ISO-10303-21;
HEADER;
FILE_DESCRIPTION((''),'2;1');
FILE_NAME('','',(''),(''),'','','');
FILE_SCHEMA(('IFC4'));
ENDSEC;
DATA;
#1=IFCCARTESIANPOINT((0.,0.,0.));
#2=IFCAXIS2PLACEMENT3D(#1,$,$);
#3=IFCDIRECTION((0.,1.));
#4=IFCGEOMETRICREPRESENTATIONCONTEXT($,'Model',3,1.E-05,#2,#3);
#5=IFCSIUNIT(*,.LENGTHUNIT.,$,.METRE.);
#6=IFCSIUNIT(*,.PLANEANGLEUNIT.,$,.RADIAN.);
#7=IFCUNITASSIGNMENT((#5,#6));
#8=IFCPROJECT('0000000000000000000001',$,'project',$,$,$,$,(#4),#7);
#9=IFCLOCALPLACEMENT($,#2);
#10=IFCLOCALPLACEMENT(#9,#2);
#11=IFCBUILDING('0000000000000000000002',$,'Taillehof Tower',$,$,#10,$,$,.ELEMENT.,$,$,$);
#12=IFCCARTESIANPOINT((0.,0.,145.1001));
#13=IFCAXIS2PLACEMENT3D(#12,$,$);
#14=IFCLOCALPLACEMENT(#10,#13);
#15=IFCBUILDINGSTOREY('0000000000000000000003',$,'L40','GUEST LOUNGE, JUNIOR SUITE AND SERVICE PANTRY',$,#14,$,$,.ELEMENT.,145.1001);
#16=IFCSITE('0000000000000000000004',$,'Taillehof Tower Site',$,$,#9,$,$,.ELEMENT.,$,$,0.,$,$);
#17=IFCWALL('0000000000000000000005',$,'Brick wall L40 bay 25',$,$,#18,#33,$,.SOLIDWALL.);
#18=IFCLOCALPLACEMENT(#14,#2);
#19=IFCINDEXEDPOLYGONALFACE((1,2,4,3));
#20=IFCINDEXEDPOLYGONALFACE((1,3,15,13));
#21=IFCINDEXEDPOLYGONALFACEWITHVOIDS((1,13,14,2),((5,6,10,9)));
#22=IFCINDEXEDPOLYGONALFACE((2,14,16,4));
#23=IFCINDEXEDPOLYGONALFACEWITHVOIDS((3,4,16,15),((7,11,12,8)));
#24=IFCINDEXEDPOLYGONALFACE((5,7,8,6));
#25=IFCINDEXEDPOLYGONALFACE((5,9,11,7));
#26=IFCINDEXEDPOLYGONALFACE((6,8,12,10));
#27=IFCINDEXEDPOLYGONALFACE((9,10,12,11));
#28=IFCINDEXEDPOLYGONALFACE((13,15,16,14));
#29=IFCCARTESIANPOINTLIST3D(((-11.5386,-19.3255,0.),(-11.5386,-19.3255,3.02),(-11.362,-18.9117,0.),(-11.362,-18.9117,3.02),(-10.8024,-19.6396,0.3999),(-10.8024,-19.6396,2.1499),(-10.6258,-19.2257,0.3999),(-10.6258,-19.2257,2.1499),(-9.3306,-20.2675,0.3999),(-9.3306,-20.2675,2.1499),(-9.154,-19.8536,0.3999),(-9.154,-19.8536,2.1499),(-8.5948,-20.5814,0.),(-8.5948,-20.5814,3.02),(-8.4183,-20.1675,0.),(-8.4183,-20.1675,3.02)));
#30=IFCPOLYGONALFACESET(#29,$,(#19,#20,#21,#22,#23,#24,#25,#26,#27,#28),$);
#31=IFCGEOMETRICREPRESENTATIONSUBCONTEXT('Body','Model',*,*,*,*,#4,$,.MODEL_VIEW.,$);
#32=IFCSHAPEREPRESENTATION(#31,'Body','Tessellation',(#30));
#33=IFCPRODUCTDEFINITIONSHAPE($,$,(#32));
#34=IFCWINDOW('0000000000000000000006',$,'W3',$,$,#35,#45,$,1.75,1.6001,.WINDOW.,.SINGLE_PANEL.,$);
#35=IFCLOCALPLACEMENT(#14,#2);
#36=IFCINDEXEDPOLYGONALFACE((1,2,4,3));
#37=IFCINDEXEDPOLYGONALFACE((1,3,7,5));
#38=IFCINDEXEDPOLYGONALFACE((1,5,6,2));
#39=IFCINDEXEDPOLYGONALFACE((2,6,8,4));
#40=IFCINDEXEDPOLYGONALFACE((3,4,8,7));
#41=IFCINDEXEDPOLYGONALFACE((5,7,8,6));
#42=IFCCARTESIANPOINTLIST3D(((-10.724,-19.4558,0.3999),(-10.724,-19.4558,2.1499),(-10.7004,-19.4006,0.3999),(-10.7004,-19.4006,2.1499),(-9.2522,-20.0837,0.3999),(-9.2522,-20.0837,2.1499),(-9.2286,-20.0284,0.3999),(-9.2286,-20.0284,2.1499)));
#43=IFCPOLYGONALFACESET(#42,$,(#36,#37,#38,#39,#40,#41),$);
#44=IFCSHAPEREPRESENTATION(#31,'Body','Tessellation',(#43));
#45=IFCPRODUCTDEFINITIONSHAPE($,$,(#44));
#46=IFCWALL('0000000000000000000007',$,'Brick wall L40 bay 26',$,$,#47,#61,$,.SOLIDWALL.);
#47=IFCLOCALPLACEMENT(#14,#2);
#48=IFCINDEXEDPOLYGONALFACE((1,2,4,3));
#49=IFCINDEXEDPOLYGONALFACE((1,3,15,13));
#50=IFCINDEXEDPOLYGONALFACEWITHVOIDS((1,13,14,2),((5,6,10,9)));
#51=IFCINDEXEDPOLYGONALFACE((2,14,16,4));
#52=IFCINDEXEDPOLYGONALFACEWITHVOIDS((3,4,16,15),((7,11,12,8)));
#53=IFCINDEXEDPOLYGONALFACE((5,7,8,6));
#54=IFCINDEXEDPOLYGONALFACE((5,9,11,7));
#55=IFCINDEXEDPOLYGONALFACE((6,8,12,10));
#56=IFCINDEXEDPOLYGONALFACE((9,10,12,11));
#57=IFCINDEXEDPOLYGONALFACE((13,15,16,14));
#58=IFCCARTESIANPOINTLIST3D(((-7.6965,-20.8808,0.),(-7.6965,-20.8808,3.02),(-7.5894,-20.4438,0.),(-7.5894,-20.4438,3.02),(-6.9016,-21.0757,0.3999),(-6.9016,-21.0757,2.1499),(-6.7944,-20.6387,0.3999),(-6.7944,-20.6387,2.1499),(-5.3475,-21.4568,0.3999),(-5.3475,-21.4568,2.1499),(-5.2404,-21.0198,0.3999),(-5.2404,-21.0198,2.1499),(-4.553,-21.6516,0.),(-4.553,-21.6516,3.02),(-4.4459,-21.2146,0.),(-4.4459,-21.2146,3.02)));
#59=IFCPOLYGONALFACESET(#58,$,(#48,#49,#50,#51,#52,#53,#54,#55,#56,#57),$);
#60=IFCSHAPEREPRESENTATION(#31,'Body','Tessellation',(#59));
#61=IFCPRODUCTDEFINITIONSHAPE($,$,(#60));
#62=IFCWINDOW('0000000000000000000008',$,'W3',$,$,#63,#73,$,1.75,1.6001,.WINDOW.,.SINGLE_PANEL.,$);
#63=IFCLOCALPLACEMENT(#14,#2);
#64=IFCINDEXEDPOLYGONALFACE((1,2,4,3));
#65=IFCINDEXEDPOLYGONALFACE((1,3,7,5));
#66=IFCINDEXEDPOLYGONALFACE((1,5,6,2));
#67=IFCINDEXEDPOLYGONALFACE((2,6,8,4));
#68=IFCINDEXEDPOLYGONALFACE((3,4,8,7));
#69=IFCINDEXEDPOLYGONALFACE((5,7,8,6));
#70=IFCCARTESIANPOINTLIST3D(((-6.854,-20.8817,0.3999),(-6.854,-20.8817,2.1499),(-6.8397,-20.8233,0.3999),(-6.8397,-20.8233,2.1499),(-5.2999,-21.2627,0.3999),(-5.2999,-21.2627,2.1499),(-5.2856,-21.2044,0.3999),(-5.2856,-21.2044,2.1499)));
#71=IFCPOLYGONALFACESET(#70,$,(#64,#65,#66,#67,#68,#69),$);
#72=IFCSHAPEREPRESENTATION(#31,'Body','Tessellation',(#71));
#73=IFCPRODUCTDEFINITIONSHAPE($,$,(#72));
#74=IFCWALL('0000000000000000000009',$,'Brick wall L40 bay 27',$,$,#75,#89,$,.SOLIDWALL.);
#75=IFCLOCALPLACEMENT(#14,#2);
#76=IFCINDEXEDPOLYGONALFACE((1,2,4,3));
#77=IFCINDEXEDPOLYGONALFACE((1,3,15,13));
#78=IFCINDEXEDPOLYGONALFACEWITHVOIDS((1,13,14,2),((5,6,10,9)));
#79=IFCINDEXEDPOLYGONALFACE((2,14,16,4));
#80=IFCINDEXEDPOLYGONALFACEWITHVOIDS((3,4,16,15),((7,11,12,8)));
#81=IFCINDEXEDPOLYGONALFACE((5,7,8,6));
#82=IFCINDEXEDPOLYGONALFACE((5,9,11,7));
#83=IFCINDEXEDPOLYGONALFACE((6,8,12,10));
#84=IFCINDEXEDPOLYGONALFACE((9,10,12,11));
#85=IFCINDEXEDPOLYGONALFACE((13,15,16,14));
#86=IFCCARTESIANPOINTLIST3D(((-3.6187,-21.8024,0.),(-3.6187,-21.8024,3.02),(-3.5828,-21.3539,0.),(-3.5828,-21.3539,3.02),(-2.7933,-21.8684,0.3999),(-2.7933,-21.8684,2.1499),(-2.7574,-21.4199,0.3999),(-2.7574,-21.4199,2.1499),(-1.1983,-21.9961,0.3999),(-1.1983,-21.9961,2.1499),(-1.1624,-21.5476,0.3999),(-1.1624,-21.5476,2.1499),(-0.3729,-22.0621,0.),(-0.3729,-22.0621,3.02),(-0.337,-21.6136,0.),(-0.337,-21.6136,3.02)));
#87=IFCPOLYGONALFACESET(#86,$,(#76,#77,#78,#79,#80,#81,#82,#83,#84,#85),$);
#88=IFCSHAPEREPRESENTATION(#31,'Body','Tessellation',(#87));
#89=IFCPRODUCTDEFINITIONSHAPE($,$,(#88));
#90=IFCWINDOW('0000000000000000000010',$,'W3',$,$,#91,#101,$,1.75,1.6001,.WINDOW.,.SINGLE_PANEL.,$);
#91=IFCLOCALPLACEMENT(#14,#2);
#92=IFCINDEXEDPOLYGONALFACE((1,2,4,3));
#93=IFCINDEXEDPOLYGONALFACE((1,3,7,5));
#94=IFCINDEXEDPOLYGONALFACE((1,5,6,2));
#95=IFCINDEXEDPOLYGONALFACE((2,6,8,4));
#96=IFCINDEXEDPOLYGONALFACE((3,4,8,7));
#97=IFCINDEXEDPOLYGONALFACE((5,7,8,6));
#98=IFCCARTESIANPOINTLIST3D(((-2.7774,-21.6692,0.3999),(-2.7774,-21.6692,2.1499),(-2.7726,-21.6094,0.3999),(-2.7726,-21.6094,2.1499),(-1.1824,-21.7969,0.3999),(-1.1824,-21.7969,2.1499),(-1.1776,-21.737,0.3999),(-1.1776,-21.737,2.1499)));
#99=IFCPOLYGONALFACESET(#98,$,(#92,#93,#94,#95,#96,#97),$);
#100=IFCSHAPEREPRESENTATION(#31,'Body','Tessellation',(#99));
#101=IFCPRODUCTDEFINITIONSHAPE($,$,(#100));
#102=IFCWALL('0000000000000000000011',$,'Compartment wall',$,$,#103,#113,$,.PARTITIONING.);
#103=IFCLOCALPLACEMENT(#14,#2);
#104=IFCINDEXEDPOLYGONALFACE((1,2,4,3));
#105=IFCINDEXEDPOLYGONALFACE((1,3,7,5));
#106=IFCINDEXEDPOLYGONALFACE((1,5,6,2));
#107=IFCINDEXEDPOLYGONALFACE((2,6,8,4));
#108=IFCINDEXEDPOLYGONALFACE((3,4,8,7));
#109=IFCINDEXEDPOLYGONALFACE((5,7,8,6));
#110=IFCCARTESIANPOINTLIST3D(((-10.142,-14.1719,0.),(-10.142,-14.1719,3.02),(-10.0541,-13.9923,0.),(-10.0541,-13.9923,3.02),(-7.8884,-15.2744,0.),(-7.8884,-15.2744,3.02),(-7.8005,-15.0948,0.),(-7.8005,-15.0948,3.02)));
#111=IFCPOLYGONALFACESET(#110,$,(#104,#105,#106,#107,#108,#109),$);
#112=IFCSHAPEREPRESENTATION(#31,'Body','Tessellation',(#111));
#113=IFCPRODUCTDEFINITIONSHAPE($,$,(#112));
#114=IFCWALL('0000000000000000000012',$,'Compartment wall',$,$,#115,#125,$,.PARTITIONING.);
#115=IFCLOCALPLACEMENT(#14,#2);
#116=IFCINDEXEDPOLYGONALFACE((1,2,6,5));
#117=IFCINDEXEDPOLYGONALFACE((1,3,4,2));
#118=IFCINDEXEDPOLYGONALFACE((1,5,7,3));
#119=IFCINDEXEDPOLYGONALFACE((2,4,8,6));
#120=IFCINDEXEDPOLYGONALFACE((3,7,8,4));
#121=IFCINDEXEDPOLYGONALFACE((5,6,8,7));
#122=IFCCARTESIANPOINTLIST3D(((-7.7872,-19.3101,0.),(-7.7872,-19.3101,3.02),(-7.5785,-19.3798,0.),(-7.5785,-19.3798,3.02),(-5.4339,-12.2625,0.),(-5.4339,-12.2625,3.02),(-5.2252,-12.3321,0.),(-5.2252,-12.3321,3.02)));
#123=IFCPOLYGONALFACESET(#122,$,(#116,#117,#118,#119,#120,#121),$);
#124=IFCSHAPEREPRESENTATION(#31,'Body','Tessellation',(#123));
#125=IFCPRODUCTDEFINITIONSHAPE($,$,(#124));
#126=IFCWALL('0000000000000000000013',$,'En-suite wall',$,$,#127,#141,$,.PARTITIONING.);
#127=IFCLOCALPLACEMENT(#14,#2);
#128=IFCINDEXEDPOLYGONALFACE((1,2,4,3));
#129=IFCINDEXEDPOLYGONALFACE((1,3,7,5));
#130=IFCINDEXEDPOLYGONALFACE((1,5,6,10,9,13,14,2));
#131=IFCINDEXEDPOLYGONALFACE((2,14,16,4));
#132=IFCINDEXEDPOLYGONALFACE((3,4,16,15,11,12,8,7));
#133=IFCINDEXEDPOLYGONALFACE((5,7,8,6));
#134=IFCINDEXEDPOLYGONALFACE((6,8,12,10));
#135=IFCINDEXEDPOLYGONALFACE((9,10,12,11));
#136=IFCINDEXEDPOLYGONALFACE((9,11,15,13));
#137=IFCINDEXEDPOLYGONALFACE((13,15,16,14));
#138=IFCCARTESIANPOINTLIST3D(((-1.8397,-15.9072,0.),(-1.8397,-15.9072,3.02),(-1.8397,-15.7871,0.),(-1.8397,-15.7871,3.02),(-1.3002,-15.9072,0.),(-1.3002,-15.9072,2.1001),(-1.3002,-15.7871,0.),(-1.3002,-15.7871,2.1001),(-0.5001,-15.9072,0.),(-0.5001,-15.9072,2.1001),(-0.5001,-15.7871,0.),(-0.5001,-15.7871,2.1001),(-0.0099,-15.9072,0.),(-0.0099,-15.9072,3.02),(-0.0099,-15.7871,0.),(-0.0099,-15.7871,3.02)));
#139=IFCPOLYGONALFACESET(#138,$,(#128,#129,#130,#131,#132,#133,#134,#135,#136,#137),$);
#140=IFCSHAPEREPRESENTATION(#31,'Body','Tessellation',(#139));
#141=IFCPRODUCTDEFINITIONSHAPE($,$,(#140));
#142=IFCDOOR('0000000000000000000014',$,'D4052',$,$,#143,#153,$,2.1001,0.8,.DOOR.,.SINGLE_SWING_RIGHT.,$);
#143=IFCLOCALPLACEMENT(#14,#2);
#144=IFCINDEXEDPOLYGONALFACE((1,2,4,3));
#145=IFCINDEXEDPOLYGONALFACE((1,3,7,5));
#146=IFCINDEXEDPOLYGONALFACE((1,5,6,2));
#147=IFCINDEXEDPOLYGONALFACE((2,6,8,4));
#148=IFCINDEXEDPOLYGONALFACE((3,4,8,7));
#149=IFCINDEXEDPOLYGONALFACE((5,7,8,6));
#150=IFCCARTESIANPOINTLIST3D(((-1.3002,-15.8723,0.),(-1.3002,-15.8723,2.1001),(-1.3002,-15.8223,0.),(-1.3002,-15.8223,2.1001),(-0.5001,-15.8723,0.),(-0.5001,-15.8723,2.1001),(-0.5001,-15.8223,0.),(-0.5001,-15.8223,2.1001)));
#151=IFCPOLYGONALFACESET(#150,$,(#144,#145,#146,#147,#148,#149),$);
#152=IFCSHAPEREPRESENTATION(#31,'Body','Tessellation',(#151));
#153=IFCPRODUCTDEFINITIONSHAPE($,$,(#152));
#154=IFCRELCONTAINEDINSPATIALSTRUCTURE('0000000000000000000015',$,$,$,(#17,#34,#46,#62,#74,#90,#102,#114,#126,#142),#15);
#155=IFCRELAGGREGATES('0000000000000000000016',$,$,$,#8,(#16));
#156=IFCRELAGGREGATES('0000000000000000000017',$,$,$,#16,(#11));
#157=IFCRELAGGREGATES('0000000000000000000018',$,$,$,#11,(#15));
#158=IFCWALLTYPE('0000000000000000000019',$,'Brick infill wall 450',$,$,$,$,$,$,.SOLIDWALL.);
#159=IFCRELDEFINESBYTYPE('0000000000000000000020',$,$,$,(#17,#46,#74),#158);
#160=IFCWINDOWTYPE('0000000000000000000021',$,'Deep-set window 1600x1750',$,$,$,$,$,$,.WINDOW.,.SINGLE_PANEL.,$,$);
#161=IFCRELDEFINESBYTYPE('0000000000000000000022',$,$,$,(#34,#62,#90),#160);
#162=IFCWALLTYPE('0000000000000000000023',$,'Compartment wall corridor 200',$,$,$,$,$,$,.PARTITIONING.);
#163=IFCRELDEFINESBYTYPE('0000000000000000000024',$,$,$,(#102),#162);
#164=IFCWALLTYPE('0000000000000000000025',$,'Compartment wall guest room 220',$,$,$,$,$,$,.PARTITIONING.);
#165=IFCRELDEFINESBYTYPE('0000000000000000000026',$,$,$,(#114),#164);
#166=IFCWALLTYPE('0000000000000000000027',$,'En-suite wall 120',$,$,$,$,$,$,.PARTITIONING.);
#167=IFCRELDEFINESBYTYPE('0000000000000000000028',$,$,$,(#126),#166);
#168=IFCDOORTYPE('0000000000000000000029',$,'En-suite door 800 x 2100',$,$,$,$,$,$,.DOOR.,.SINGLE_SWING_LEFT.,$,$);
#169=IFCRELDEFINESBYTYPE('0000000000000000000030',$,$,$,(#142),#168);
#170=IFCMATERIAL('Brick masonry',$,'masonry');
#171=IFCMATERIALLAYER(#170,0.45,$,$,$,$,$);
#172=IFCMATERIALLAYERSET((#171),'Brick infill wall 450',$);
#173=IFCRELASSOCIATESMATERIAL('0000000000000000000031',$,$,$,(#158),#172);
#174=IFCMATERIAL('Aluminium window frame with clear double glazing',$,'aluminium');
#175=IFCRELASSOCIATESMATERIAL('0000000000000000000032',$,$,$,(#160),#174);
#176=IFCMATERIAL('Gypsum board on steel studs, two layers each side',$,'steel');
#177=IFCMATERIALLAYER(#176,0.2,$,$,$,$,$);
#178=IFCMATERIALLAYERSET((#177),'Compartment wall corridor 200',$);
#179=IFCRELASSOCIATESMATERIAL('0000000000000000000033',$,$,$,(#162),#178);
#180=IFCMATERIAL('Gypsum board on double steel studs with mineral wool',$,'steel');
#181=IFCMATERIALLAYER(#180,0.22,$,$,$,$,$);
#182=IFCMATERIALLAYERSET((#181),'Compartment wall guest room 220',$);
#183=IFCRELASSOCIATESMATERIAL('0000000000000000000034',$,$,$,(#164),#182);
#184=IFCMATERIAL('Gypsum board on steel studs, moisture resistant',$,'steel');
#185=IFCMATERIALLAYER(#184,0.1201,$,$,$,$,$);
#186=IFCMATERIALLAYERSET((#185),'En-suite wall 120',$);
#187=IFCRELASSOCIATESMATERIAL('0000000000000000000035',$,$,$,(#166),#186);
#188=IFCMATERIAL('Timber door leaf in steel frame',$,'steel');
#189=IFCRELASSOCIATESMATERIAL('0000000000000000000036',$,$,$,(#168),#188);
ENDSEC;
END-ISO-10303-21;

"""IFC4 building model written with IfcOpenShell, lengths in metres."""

from ifc_helpers import new_model, si_unit, direction, frame, frame_2d, origin, place, context, subcontext, project, spatial, rectangle, extrude, material, layer, layer_set, type_object, element, fill, save


model = new_model("IFC4")

# Units and contexts
model_context = context("Model", 3, precision=1e-05, world=origin(), true_north=direction((0.0, 1.0)))
body_context = subcontext(model_context, "Body", "Model", "MODEL_VIEW")
ifc_project = project(units=[si_unit("LENGTHUNIT", "METRE"), si_unit("PLANEANGLEUNIT", "RADIAN")], contexts=[model_context])

# Site, building, storey
site_placement = place(None, origin())
site = spatial("IfcSite", under=ifc_project, at=site_placement, Name="Taillehof Tower Site", CompositionType="ELEMENT", RefElevation=0.0)
building_placement = place(site_placement, origin())
building = spatial("IfcBuilding", under=site, at=building_placement, Name="Taillehof Tower", CompositionType="ELEMENT")
storey_placement = place(building_placement, frame((0.0, 0.0, 145.1001)))
storey = spatial("IfcBuildingStorey", under=building, at=storey_placement, Name="L40", Description="GUEST LOUNGE, JUNIOR SUITE AND SERVICE PANTRY", CompositionType="ELEMENT", Elevation=145.1001)

# Walls, openings, windows
ifc_material_1 = material(Name="Brick masonry", Category="masonry")
ifc_layer_1 = layer(ifc_material_1, 0.45)
ifc_layer_set_1 = layer_set([ifc_layer_1], Name="Brick infill wall 450")
wall_type_1 = type_object("IfcWallType", Name="Brick infill wall 450", PredefinedType="SOLIDWALL", material=ifc_layer_set_1)
wall_1_placement = place(storey_placement, frame((-11.4502, -19.1187, 0.0), z_axis=(0.0, 0.0, 1.0), x_axis=(0.919799, -0.39239, 0.0)))
wall_1 = element("IfcWall", 1, at=wall_1_placement, inside=storey, type_object=wall_type_1, Name="Brick wall L40 bay 25", PredefinedType="SOLIDWALL", context=body_context, shape_type="SweptSolid", body=[
    extrude(rectangle(XDim=3.2004, YDim=0.45, at=frame_2d((1.6001, 0.0))), origin(), (0.0, 0.0, 1.0), 3.02),
])
opening_1_placement = place(wall_1_placement, frame((0.8003, 0.0, 0.3999)))
opening_1 = element("IfcOpeningElement", 2, at=opening_1_placement, cuts=wall_1, PredefinedType="OPENING", context=body_context, shape_type="SweptSolid", body=[
    extrude(rectangle(XDim=1.6001, YDim=1.75, at=frame_2d((0.8, 0.875))), frame((0.0, 0.2349, 0.0), z_axis=(0.0, -1.0, 0.0), x_axis=(1.0, 0.0, 0.0)), (0.0, 0.0, 1.0), 0.47),
])
ifc_material_2 = material(Name="Aluminium window frame with clear double glazing", Category="aluminium")
window_type = type_object("IfcWindowType", Name="Deep-set window 1600x1750", PartitioningType="SINGLE_PANEL", PredefinedType="WINDOW", material=ifc_material_2)
window_1_placement = place(opening_1_placement, origin())
window_1 = element("IfcWindow", 3, at=window_1_placement, inside=storey, type_object=window_type, Name="W3", OverallHeight=1.75, OverallWidth=1.6001, PartitioningType="SINGLE_PANEL", PredefinedType="WINDOW", context=body_context, shape_type="SweptSolid", body=[
    extrude(rectangle(XDim=1.6001, YDim=1.75, at=frame_2d((0.8, 0.875))), frame((0.0, 0.0349, 0.0), z_axis=(0.0, -1.0, 0.0), x_axis=(1.0, 0.0, 0.0)), (0.0, 0.0, 1.0), 0.0601),
])
fill(opening_1, window_1)
wall_2_placement = place(storey_placement, frame((-7.6428, -20.6624, 0.0), z_axis=(0.0, 0.0, 1.0), x_axis=(0.971233, -0.238132, 0.0)))
wall_2 = element("IfcWall", 4, at=wall_2_placement, inside=storey, type_object=wall_type_1, Name="Brick wall L40 bay 26", PredefinedType="SOLIDWALL", context=body_context, shape_type="SweptSolid", body=[
    extrude(rectangle(XDim=3.2366, YDim=0.45, at=frame_2d((1.6182, 0.0))), origin(), (0.0, 0.0, 1.0), 3.02),
])
opening_2_placement = place(wall_2_placement, frame((0.8184, 0.0, 0.3999)))
opening_2 = element("IfcOpeningElement", 5, at=opening_2_placement, cuts=wall_2, PredefinedType="OPENING", context=body_context, shape_type="SweptSolid", body=[
    extrude(rectangle(XDim=1.6001, YDim=1.75, at=frame_2d((0.8, 0.875))), frame((0.0, 0.2349, 0.0), z_axis=(0.0, -1.0, 0.0), x_axis=(1.0, 0.0, 0.0)), (0.0, 0.0, 1.0), 0.47),
])
window_2_placement = place(opening_2_placement, origin())
window_2 = element("IfcWindow", 6, at=window_2_placement, inside=storey, type_object=window_type, Name="W3", OverallHeight=1.75, OverallWidth=1.6001, PartitioningType="SINGLE_PANEL", PredefinedType="WINDOW", context=body_context, shape_type="SweptSolid", body=[
    extrude(rectangle(XDim=1.6001, YDim=1.75, at=frame_2d((0.8, 0.875))), frame((0.0, 0.0349, 0.0), z_axis=(0.0, -1.0, 0.0), x_axis=(1.0, 0.0, 0.0)), (0.0, 0.0, 1.0), 0.0601),
])
fill(opening_2, window_2)
wall_3_placement = place(storey_placement, frame((-3.6006, -21.5781, 0.0), z_axis=(0.0, 0.0, 1.0), x_axis=(0.996812, -0.079781, 0.0)))
wall_3 = element("IfcWall", 7, at=wall_3_placement, inside=storey, type_object=wall_type_1, Name="Brick wall L40 bay 27", PredefinedType="SOLIDWALL", context=body_context, shape_type="SweptSolid", body=[
    extrude(rectangle(XDim=3.2561, YDim=0.45, at=frame_2d((1.6279, 0.0))), origin(), (0.0, 0.0, 1.0), 3.02),
])
opening_3_placement = place(wall_3_placement, frame((0.8279, 0.0, 0.3999)))
opening_3 = element("IfcOpeningElement", 8, at=opening_3_placement, cuts=wall_3, PredefinedType="OPENING", context=body_context, shape_type="SweptSolid", body=[
    extrude(rectangle(XDim=1.6001, YDim=1.75, at=frame_2d((0.8, 0.875))), frame((0.0, 0.2349, 0.0), z_axis=(0.0, -1.0, 0.0), x_axis=(1.0, 0.0, 0.0)), (0.0, 0.0, 1.0), 0.47),
])
window_3_placement = place(opening_3_placement, origin())
window_3 = element("IfcWindow", 9, at=window_3_placement, inside=storey, type_object=window_type, Name="W3", OverallHeight=1.75, OverallWidth=1.6001, PartitioningType="SINGLE_PANEL", PredefinedType="WINDOW", context=body_context, shape_type="SweptSolid", body=[
    extrude(rectangle(XDim=1.6001, YDim=1.75, at=frame_2d((0.8, 0.875))), frame((0.0, 0.0349, 0.0), z_axis=(0.0, -1.0, 0.0), x_axis=(1.0, 0.0, 0.0)), (0.0, 0.0, 1.0), 0.0601),
])
fill(opening_3, window_3)

# Walls
ifc_material_3 = material(Name="Gypsum board on steel studs, two layers each side", Category="steel")
ifc_layer_2 = layer(ifc_material_3, 0.2)
ifc_layer_set_2 = layer_set([ifc_layer_2], Name="Compartment wall corridor 200")
wall_type_2 = type_object("IfcWallType", Name="Compartment wall corridor 200", PredefinedType="PARTITIONING", material=ifc_layer_set_2)
wall_4_placement = place(storey_placement, frame((-7.8445, -15.1846, 0.0), z_axis=(0.0, 0.0, 1.0), x_axis=(-0.898267, 0.439451, 0.0)))
element("IfcWall", 10, at=wall_4_placement, inside=storey, type_object=wall_type_2, Name="Compartment wall", PredefinedType="PARTITIONING", context=body_context, shape_type="SweptSolid", body=[
    extrude(rectangle(XDim=2.5088, YDim=0.2, at=frame_2d((1.2544, 0.0))), origin(), (0.0, 0.0, 1.0), 3.02),
])
ifc_material_4 = material(Name="Gypsum board on double steel studs with mineral wool", Category="steel")
ifc_layer_3 = layer(ifc_material_4, 0.22)
ifc_layer_set_3 = layer_set([ifc_layer_3], Name="Compartment wall guest room 220")
wall_type_3 = type_object("IfcWallType", Name="Compartment wall guest room 220", PredefinedType="PARTITIONING", material=ifc_layer_set_3)
wall_5_placement = place(storey_placement, frame((-7.6829, -19.345, 0.0), z_axis=(0.0, 0.0, 1.0), x_axis=(0.316721, 0.948519, 0.0)))
element("IfcWall", 11, at=wall_5_placement, inside=storey, type_object=wall_type_3, Name="Compartment wall", PredefinedType="PARTITIONING", context=body_context, shape_type="SweptSolid", body=[
    extrude(rectangle(XDim=7.4302, YDim=0.22, at=frame_2d((3.7151, 0.0))), origin(), (0.0, 0.0, 1.0), 3.02),
])

# Wall, opening, door
ifc_material_5 = material(Name="Gypsum board on steel studs, moisture resistant", Category="steel")
ifc_layer_4 = layer(ifc_material_5, 0.1201)
ifc_layer_set_4 = layer_set([ifc_layer_4], Name="En-suite wall 120")
wall_type_4 = type_object("IfcWallType", Name="En-suite wall 120", PredefinedType="PARTITIONING", material=ifc_layer_set_4)
wall_6_placement = place(storey_placement, frame((-1.8398, -15.8472, 0.0), z_axis=(0.0, 0.0, 1.0), x_axis=(1.0, 0.0, 0.0)))
wall_6 = element("IfcWall", 12, at=wall_6_placement, inside=storey, type_object=wall_type_4, Name="En-suite wall", PredefinedType="PARTITIONING", context=body_context, shape_type="SweptSolid", body=[
    extrude(rectangle(XDim=1.8298, YDim=0.1201, at=frame_2d((0.915, 0.0))), origin(), (0.0, 0.0, 1.0), 3.02),
])
opening_4_placement = place(wall_6_placement, frame((0.5398, 0.0, 0.0)))
opening_4 = element("IfcOpeningElement", 13, at=opening_4_placement, cuts=wall_6, PredefinedType="OPENING", context=body_context, shape_type="SweptSolid", body=[
    extrude(rectangle(XDim=0.8, YDim=2.1001, at=frame_2d((0.3999, 1.05))), frame((0.0, 0.0701, 0.0), z_axis=(0.0, -1.0, 0.0), x_axis=(1.0, 0.0, 0.0)), (0.0, 0.0, 1.0), 0.1401),
])
ifc_material_6 = material(Name="Timber door leaf in steel frame", Category="steel")
door_type_1 = type_object("IfcDoorType", Name="En-suite door 800 x 2100", OperationType="SINGLE_SWING_LEFT", PredefinedType="DOOR", material=ifc_material_6)
door_1_placement = place(opening_4_placement, origin())
door_1 = element("IfcDoor", 14, at=door_1_placement, inside=storey, type_object=door_type_1, Name="D4052", OperationType="SINGLE_SWING_RIGHT", OverallHeight=2.1001, OverallWidth=0.8, PredefinedType="DOOR", context=body_context, shape_type="SweptSolid", body=[
    extrude(rectangle(XDim=0.8, YDim=2.1001, at=frame_2d((0.3999, 1.05))), frame((0.0, 0.0249, 0.0), z_axis=(0.0, -1.0, 0.0), x_axis=(1.0, 0.0, 0.0)), (0.0, 0.0, 1.0), 0.05),
])
fill(opening_4, door_1)

save(model, "model.ifc")
